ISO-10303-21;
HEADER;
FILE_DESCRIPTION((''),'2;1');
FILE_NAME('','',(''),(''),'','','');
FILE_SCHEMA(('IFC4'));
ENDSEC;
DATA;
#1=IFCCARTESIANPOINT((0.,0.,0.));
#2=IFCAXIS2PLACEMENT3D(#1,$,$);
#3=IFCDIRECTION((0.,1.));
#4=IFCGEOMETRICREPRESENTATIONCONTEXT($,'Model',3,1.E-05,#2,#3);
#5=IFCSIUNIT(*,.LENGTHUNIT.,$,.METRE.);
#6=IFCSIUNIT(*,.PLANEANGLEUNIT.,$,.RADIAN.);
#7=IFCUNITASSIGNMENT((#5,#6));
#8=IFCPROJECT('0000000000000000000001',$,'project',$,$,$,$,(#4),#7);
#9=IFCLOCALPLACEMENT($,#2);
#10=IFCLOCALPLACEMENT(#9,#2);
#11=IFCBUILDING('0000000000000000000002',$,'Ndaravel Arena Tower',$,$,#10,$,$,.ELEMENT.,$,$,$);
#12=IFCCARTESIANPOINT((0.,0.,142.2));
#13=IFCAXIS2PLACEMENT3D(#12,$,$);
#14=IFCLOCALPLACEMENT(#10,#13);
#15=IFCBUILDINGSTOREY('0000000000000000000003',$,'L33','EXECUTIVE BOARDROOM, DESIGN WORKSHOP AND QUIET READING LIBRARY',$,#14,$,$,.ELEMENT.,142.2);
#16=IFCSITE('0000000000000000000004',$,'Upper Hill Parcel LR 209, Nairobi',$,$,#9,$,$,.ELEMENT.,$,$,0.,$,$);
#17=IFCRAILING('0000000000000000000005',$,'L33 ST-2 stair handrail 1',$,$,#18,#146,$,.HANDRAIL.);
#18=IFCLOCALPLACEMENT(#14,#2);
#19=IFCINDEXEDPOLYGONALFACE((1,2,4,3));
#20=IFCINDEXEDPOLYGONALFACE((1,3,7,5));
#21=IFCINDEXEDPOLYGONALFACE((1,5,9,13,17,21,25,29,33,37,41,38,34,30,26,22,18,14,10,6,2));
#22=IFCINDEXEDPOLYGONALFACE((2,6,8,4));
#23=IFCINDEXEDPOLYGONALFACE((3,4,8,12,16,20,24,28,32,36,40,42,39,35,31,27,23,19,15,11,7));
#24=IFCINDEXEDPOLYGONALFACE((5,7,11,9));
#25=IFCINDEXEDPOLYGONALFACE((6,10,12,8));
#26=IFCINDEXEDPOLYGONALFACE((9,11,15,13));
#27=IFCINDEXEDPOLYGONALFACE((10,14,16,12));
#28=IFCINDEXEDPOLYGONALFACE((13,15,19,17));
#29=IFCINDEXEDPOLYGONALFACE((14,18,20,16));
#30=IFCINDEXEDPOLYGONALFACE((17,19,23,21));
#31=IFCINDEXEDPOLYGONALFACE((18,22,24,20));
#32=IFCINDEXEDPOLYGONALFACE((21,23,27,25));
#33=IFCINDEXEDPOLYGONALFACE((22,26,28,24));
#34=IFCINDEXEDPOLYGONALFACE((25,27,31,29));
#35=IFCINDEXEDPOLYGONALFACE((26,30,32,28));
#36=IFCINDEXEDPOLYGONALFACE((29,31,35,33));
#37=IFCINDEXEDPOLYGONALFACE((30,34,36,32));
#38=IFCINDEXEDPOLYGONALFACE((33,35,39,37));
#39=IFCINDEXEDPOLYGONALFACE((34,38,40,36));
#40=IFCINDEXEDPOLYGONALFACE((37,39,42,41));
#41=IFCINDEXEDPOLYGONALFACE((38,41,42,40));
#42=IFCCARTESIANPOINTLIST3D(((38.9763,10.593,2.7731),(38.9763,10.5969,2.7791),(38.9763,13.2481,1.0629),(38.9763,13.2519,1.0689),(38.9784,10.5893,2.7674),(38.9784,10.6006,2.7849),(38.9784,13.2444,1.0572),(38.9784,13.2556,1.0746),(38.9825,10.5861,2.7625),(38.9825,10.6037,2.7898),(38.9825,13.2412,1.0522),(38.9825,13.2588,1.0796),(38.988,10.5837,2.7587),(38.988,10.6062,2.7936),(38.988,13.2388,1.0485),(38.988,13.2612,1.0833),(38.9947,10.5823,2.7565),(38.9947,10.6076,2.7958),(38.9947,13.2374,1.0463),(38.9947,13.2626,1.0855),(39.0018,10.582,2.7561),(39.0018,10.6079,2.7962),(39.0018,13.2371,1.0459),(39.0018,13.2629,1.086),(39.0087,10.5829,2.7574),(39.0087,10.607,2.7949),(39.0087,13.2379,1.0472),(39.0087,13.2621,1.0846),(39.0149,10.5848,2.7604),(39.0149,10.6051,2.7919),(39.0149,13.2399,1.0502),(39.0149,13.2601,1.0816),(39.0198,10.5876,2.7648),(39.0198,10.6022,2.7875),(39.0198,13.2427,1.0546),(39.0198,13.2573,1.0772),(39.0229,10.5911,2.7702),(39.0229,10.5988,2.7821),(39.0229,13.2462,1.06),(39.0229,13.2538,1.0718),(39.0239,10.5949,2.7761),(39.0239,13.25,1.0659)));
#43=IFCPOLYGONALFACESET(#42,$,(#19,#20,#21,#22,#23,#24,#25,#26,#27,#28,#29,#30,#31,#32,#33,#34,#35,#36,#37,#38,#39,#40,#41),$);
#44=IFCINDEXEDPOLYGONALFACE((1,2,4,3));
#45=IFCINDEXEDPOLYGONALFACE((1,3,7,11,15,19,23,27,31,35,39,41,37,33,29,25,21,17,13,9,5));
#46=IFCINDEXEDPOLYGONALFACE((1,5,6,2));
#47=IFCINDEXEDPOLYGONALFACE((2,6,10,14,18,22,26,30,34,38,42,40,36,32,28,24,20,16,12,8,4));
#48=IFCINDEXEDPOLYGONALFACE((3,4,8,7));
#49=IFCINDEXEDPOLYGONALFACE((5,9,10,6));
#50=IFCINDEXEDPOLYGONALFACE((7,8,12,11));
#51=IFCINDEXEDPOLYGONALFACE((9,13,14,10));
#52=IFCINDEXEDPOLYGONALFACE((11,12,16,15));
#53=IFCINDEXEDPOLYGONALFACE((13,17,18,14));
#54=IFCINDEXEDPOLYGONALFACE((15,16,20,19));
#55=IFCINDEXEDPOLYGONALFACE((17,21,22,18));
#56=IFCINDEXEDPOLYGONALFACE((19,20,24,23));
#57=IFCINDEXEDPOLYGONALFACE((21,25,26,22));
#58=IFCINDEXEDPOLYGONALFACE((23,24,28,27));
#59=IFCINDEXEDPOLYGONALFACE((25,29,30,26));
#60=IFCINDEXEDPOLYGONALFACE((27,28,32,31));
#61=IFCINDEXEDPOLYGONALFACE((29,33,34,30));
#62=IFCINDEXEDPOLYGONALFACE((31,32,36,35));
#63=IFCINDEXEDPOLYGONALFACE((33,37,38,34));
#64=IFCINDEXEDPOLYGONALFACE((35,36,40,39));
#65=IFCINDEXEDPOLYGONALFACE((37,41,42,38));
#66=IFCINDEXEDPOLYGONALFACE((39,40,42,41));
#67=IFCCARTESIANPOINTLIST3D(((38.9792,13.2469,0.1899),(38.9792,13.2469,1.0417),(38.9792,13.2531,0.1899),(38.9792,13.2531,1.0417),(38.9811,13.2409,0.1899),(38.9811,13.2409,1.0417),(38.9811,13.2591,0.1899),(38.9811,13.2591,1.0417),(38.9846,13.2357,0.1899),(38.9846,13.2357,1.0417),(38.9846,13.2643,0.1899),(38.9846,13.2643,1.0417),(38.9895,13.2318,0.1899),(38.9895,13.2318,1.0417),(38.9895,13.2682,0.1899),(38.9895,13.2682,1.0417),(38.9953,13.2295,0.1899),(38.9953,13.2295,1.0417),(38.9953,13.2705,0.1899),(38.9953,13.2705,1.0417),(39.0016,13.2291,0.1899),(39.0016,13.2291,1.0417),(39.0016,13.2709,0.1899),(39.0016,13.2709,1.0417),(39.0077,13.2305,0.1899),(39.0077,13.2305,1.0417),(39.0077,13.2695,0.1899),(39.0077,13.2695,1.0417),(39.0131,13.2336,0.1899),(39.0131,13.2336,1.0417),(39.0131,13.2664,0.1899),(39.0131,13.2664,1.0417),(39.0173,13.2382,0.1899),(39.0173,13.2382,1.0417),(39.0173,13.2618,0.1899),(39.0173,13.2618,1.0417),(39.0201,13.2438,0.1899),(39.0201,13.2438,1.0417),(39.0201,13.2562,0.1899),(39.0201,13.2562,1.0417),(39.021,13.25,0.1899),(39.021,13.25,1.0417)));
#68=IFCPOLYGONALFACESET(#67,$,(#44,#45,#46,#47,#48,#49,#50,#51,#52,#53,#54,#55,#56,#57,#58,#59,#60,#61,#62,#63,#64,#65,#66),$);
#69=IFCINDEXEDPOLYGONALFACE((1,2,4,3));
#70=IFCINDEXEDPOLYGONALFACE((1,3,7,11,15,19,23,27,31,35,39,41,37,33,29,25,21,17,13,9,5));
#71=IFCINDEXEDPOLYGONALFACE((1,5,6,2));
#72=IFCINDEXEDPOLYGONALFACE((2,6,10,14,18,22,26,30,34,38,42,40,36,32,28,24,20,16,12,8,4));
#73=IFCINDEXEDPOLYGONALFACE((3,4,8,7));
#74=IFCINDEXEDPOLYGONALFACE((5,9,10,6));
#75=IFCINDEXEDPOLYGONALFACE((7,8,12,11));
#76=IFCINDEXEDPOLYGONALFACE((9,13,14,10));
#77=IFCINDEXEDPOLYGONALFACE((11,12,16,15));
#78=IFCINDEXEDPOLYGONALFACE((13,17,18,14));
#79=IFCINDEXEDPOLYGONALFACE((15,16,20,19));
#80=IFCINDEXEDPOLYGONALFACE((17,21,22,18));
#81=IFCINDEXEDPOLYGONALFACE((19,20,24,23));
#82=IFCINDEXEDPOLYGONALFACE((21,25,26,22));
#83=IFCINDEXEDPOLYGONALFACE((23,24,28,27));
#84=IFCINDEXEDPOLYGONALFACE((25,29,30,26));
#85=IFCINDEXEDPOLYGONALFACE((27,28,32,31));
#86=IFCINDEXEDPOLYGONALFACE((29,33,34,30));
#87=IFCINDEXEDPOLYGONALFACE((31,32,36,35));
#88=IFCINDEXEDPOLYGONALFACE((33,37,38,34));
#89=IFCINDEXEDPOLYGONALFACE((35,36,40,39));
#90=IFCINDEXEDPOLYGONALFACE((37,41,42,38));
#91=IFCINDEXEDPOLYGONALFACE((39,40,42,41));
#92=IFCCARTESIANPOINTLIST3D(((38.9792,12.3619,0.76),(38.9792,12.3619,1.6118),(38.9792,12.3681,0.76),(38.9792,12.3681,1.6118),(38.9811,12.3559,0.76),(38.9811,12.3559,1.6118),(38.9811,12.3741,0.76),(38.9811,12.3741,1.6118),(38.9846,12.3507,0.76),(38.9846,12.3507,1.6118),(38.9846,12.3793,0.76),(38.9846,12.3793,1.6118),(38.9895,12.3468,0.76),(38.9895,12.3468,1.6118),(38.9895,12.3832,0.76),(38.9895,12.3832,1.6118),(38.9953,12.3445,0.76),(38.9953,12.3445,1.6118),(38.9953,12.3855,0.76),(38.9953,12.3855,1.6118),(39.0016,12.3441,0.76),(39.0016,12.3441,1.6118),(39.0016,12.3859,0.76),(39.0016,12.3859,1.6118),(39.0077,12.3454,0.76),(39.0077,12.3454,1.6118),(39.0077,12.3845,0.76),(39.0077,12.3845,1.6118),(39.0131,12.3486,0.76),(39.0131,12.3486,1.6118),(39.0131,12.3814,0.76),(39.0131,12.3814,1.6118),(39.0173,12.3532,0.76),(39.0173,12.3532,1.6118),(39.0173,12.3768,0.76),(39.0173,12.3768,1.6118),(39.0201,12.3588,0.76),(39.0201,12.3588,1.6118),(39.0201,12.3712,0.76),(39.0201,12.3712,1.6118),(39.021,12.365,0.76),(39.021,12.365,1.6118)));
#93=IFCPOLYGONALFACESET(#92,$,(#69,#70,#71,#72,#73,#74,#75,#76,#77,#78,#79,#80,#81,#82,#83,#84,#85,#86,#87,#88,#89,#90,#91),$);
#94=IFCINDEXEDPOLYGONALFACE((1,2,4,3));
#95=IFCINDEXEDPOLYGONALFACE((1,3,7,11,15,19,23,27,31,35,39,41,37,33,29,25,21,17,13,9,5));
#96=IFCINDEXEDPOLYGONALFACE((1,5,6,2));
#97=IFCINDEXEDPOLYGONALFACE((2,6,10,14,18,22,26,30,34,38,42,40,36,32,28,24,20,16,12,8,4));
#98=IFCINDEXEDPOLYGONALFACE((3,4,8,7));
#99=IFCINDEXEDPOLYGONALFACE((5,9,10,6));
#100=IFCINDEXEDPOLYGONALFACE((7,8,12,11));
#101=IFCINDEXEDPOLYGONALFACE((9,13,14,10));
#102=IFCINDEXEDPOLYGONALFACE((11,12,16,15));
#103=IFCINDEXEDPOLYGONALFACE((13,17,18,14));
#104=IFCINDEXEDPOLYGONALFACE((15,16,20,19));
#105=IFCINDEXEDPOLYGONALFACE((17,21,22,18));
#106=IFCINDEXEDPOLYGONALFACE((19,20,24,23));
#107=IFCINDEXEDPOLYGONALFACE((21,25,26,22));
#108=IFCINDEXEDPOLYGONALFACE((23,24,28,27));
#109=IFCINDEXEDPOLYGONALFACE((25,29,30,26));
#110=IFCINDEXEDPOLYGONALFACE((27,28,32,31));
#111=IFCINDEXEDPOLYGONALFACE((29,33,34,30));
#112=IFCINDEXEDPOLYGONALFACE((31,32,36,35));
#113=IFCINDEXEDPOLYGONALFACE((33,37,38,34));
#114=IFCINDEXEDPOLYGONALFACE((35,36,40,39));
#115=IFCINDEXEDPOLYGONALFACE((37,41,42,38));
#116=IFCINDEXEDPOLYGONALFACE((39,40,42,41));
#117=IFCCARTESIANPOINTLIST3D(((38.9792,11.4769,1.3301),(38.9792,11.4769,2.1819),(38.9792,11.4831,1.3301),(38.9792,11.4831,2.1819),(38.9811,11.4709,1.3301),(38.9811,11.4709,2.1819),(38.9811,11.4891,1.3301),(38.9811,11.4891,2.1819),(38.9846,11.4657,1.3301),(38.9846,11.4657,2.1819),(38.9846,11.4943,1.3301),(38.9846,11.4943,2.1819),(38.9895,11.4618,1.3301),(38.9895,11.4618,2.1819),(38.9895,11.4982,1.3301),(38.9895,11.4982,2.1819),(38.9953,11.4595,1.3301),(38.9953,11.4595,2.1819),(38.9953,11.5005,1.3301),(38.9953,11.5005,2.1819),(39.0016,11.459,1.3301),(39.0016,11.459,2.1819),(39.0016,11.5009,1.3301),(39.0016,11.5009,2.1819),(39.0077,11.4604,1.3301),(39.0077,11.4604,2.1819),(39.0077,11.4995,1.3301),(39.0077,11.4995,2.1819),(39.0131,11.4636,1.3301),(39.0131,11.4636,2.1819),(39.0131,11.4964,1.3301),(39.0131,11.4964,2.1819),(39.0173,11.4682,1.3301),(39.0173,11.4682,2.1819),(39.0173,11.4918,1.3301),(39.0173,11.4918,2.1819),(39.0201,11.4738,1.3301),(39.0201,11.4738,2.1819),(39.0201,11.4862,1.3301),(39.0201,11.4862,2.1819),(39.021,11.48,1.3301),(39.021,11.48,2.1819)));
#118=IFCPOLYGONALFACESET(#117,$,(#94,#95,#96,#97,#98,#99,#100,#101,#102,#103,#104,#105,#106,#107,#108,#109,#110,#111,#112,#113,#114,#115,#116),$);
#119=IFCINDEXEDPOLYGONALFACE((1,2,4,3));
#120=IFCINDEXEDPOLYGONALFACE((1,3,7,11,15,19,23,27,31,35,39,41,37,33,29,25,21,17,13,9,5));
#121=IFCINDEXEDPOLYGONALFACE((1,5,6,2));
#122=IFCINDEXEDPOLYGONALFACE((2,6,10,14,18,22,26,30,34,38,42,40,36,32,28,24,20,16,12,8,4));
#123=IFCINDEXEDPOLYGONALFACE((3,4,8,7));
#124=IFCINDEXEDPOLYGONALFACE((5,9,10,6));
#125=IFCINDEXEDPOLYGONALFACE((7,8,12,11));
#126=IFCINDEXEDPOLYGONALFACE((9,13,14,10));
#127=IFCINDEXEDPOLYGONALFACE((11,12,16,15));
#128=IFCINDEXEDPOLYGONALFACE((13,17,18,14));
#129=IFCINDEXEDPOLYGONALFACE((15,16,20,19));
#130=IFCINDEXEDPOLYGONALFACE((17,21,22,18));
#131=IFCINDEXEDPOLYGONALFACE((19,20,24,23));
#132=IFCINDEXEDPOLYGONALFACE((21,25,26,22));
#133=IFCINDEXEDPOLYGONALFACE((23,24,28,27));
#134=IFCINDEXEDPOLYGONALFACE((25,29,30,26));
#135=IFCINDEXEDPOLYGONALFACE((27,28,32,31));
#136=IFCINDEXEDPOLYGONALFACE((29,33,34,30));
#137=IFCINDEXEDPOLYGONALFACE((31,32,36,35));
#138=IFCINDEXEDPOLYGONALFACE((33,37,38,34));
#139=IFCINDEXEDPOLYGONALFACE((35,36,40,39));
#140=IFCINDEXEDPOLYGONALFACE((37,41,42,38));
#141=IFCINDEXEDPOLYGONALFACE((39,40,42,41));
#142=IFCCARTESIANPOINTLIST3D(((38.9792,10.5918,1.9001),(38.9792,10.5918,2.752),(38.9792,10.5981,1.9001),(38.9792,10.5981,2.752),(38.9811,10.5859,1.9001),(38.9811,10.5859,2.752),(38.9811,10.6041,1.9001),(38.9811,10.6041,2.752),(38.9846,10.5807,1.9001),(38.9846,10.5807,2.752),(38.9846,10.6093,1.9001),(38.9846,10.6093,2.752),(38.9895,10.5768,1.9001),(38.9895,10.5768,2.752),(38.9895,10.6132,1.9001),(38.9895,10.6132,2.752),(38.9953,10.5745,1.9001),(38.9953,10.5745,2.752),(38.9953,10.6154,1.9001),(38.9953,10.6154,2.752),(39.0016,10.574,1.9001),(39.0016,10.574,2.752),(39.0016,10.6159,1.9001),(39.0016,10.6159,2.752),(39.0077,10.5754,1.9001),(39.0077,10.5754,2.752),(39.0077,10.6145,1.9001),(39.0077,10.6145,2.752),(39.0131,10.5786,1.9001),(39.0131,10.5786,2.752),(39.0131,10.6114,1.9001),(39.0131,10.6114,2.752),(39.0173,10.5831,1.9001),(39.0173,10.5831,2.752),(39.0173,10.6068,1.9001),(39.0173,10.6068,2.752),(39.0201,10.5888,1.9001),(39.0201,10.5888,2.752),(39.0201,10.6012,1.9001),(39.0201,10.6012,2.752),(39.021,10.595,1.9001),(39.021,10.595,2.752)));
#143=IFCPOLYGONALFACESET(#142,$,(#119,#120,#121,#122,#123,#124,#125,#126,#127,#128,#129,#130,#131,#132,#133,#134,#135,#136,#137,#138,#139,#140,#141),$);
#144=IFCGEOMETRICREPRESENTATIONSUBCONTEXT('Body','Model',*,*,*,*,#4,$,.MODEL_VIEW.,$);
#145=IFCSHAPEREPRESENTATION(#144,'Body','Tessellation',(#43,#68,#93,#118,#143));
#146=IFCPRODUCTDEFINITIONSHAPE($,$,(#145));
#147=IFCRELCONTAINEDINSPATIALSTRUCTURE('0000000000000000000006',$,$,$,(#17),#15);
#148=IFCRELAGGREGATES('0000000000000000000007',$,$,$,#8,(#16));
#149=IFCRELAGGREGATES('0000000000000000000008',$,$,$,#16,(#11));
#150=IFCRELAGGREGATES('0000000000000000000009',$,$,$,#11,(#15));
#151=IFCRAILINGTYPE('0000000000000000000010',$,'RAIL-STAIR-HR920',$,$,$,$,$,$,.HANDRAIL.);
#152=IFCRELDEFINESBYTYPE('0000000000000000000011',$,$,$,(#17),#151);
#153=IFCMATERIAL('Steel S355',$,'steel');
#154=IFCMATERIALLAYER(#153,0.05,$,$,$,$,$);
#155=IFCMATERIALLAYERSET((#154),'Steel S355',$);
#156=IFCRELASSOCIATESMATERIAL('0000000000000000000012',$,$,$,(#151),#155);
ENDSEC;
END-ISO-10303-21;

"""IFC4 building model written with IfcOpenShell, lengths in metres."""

from ifc_helpers import new_model, si_unit, direction, frame, origin, origin_2d, place, context, subcontext, project, spatial, circle, extrude, material, layer, layer_set, type_object, element, save


model = new_model("IFC4")

# Units and contexts
model_context = context("Model", 3, precision=1e-05, world=origin(), true_north=direction((0.0, 1.0)))
body_context = subcontext(model_context, "Body", "Model", "MODEL_VIEW")
ifc_project = project(units=[si_unit("LENGTHUNIT", "METRE"), si_unit("PLANEANGLEUNIT", "RADIAN")], contexts=[model_context])

# Site, building, storey
site_placement = place(None, origin())
site = spatial("IfcSite", under=ifc_project, at=site_placement, Name="Upper Hill Parcel LR 209, Nairobi", CompositionType="ELEMENT", RefElevation=0.0)
building_placement = place(site_placement, origin())
building = spatial("IfcBuilding", under=site, at=building_placement, Name="Ndaravel Arena Tower", CompositionType="ELEMENT")
storey_placement = place(building_placement, frame((0.0, 0.0, 142.2)))
storey = spatial("IfcBuildingStorey", under=building, at=storey_placement, Name="L33", Description="EXECUTIVE BOARDROOM, DESIGN WORKSHOP AND QUIET READING LIBRARY", CompositionType="ELEMENT", Elevation=142.2)

# Railing
ifc_material_1 = material(Name="Steel S355", Category="steel")
ifc_layer_1 = layer(ifc_material_1, 0.05)
ifc_layer_set_1 = layer_set([ifc_layer_1], Name="Steel S355")
railing_type_1 = type_object("IfcRailingType", Name="RAIL-STAIR-HR920", PredefinedType="HANDRAIL", material=ifc_layer_set_1)
railing_1_placement = place(storey_placement, frame((39.0, 13.25, 0.1899)))
element("IfcRailing", 1, at=railing_1_placement, inside=storey, type_object=railing_type_1, Name="L33 ST-2 stair handrail 1", PredefinedType="HANDRAIL", context=body_context, shape_type="SweptSolid", body=[
    extrude(circle(Radius=0.0239, at=origin_2d()), frame((0.0, 0.0, 0.876), z_axis=(0.0, -0.840688, 0.541519), x_axis=(1.0, 0.0, 0.0)), (0.0, 0.0, 1.0), 3.1582),
    extrude(circle(Radius=0.021, at=origin_2d()), origin(), (0.0, 0.0, 1.0), 0.8518),
    extrude(circle(Radius=0.021, at=origin_2d()), frame((0.0, -0.885, 0.5701)), (0.0, 0.0, 1.0), 0.8518),
    extrude(circle(Radius=0.021, at=origin_2d()), frame((0.0, -1.77, 1.1401)), (0.0, 0.0, 1.0), 0.8518),
    extrude(circle(Radius=0.021, at=origin_2d()), frame((0.0, -2.655, 1.7102)), (0.0, 0.0, 1.0), 0.8518),
])

save(model, "model.ifc")
